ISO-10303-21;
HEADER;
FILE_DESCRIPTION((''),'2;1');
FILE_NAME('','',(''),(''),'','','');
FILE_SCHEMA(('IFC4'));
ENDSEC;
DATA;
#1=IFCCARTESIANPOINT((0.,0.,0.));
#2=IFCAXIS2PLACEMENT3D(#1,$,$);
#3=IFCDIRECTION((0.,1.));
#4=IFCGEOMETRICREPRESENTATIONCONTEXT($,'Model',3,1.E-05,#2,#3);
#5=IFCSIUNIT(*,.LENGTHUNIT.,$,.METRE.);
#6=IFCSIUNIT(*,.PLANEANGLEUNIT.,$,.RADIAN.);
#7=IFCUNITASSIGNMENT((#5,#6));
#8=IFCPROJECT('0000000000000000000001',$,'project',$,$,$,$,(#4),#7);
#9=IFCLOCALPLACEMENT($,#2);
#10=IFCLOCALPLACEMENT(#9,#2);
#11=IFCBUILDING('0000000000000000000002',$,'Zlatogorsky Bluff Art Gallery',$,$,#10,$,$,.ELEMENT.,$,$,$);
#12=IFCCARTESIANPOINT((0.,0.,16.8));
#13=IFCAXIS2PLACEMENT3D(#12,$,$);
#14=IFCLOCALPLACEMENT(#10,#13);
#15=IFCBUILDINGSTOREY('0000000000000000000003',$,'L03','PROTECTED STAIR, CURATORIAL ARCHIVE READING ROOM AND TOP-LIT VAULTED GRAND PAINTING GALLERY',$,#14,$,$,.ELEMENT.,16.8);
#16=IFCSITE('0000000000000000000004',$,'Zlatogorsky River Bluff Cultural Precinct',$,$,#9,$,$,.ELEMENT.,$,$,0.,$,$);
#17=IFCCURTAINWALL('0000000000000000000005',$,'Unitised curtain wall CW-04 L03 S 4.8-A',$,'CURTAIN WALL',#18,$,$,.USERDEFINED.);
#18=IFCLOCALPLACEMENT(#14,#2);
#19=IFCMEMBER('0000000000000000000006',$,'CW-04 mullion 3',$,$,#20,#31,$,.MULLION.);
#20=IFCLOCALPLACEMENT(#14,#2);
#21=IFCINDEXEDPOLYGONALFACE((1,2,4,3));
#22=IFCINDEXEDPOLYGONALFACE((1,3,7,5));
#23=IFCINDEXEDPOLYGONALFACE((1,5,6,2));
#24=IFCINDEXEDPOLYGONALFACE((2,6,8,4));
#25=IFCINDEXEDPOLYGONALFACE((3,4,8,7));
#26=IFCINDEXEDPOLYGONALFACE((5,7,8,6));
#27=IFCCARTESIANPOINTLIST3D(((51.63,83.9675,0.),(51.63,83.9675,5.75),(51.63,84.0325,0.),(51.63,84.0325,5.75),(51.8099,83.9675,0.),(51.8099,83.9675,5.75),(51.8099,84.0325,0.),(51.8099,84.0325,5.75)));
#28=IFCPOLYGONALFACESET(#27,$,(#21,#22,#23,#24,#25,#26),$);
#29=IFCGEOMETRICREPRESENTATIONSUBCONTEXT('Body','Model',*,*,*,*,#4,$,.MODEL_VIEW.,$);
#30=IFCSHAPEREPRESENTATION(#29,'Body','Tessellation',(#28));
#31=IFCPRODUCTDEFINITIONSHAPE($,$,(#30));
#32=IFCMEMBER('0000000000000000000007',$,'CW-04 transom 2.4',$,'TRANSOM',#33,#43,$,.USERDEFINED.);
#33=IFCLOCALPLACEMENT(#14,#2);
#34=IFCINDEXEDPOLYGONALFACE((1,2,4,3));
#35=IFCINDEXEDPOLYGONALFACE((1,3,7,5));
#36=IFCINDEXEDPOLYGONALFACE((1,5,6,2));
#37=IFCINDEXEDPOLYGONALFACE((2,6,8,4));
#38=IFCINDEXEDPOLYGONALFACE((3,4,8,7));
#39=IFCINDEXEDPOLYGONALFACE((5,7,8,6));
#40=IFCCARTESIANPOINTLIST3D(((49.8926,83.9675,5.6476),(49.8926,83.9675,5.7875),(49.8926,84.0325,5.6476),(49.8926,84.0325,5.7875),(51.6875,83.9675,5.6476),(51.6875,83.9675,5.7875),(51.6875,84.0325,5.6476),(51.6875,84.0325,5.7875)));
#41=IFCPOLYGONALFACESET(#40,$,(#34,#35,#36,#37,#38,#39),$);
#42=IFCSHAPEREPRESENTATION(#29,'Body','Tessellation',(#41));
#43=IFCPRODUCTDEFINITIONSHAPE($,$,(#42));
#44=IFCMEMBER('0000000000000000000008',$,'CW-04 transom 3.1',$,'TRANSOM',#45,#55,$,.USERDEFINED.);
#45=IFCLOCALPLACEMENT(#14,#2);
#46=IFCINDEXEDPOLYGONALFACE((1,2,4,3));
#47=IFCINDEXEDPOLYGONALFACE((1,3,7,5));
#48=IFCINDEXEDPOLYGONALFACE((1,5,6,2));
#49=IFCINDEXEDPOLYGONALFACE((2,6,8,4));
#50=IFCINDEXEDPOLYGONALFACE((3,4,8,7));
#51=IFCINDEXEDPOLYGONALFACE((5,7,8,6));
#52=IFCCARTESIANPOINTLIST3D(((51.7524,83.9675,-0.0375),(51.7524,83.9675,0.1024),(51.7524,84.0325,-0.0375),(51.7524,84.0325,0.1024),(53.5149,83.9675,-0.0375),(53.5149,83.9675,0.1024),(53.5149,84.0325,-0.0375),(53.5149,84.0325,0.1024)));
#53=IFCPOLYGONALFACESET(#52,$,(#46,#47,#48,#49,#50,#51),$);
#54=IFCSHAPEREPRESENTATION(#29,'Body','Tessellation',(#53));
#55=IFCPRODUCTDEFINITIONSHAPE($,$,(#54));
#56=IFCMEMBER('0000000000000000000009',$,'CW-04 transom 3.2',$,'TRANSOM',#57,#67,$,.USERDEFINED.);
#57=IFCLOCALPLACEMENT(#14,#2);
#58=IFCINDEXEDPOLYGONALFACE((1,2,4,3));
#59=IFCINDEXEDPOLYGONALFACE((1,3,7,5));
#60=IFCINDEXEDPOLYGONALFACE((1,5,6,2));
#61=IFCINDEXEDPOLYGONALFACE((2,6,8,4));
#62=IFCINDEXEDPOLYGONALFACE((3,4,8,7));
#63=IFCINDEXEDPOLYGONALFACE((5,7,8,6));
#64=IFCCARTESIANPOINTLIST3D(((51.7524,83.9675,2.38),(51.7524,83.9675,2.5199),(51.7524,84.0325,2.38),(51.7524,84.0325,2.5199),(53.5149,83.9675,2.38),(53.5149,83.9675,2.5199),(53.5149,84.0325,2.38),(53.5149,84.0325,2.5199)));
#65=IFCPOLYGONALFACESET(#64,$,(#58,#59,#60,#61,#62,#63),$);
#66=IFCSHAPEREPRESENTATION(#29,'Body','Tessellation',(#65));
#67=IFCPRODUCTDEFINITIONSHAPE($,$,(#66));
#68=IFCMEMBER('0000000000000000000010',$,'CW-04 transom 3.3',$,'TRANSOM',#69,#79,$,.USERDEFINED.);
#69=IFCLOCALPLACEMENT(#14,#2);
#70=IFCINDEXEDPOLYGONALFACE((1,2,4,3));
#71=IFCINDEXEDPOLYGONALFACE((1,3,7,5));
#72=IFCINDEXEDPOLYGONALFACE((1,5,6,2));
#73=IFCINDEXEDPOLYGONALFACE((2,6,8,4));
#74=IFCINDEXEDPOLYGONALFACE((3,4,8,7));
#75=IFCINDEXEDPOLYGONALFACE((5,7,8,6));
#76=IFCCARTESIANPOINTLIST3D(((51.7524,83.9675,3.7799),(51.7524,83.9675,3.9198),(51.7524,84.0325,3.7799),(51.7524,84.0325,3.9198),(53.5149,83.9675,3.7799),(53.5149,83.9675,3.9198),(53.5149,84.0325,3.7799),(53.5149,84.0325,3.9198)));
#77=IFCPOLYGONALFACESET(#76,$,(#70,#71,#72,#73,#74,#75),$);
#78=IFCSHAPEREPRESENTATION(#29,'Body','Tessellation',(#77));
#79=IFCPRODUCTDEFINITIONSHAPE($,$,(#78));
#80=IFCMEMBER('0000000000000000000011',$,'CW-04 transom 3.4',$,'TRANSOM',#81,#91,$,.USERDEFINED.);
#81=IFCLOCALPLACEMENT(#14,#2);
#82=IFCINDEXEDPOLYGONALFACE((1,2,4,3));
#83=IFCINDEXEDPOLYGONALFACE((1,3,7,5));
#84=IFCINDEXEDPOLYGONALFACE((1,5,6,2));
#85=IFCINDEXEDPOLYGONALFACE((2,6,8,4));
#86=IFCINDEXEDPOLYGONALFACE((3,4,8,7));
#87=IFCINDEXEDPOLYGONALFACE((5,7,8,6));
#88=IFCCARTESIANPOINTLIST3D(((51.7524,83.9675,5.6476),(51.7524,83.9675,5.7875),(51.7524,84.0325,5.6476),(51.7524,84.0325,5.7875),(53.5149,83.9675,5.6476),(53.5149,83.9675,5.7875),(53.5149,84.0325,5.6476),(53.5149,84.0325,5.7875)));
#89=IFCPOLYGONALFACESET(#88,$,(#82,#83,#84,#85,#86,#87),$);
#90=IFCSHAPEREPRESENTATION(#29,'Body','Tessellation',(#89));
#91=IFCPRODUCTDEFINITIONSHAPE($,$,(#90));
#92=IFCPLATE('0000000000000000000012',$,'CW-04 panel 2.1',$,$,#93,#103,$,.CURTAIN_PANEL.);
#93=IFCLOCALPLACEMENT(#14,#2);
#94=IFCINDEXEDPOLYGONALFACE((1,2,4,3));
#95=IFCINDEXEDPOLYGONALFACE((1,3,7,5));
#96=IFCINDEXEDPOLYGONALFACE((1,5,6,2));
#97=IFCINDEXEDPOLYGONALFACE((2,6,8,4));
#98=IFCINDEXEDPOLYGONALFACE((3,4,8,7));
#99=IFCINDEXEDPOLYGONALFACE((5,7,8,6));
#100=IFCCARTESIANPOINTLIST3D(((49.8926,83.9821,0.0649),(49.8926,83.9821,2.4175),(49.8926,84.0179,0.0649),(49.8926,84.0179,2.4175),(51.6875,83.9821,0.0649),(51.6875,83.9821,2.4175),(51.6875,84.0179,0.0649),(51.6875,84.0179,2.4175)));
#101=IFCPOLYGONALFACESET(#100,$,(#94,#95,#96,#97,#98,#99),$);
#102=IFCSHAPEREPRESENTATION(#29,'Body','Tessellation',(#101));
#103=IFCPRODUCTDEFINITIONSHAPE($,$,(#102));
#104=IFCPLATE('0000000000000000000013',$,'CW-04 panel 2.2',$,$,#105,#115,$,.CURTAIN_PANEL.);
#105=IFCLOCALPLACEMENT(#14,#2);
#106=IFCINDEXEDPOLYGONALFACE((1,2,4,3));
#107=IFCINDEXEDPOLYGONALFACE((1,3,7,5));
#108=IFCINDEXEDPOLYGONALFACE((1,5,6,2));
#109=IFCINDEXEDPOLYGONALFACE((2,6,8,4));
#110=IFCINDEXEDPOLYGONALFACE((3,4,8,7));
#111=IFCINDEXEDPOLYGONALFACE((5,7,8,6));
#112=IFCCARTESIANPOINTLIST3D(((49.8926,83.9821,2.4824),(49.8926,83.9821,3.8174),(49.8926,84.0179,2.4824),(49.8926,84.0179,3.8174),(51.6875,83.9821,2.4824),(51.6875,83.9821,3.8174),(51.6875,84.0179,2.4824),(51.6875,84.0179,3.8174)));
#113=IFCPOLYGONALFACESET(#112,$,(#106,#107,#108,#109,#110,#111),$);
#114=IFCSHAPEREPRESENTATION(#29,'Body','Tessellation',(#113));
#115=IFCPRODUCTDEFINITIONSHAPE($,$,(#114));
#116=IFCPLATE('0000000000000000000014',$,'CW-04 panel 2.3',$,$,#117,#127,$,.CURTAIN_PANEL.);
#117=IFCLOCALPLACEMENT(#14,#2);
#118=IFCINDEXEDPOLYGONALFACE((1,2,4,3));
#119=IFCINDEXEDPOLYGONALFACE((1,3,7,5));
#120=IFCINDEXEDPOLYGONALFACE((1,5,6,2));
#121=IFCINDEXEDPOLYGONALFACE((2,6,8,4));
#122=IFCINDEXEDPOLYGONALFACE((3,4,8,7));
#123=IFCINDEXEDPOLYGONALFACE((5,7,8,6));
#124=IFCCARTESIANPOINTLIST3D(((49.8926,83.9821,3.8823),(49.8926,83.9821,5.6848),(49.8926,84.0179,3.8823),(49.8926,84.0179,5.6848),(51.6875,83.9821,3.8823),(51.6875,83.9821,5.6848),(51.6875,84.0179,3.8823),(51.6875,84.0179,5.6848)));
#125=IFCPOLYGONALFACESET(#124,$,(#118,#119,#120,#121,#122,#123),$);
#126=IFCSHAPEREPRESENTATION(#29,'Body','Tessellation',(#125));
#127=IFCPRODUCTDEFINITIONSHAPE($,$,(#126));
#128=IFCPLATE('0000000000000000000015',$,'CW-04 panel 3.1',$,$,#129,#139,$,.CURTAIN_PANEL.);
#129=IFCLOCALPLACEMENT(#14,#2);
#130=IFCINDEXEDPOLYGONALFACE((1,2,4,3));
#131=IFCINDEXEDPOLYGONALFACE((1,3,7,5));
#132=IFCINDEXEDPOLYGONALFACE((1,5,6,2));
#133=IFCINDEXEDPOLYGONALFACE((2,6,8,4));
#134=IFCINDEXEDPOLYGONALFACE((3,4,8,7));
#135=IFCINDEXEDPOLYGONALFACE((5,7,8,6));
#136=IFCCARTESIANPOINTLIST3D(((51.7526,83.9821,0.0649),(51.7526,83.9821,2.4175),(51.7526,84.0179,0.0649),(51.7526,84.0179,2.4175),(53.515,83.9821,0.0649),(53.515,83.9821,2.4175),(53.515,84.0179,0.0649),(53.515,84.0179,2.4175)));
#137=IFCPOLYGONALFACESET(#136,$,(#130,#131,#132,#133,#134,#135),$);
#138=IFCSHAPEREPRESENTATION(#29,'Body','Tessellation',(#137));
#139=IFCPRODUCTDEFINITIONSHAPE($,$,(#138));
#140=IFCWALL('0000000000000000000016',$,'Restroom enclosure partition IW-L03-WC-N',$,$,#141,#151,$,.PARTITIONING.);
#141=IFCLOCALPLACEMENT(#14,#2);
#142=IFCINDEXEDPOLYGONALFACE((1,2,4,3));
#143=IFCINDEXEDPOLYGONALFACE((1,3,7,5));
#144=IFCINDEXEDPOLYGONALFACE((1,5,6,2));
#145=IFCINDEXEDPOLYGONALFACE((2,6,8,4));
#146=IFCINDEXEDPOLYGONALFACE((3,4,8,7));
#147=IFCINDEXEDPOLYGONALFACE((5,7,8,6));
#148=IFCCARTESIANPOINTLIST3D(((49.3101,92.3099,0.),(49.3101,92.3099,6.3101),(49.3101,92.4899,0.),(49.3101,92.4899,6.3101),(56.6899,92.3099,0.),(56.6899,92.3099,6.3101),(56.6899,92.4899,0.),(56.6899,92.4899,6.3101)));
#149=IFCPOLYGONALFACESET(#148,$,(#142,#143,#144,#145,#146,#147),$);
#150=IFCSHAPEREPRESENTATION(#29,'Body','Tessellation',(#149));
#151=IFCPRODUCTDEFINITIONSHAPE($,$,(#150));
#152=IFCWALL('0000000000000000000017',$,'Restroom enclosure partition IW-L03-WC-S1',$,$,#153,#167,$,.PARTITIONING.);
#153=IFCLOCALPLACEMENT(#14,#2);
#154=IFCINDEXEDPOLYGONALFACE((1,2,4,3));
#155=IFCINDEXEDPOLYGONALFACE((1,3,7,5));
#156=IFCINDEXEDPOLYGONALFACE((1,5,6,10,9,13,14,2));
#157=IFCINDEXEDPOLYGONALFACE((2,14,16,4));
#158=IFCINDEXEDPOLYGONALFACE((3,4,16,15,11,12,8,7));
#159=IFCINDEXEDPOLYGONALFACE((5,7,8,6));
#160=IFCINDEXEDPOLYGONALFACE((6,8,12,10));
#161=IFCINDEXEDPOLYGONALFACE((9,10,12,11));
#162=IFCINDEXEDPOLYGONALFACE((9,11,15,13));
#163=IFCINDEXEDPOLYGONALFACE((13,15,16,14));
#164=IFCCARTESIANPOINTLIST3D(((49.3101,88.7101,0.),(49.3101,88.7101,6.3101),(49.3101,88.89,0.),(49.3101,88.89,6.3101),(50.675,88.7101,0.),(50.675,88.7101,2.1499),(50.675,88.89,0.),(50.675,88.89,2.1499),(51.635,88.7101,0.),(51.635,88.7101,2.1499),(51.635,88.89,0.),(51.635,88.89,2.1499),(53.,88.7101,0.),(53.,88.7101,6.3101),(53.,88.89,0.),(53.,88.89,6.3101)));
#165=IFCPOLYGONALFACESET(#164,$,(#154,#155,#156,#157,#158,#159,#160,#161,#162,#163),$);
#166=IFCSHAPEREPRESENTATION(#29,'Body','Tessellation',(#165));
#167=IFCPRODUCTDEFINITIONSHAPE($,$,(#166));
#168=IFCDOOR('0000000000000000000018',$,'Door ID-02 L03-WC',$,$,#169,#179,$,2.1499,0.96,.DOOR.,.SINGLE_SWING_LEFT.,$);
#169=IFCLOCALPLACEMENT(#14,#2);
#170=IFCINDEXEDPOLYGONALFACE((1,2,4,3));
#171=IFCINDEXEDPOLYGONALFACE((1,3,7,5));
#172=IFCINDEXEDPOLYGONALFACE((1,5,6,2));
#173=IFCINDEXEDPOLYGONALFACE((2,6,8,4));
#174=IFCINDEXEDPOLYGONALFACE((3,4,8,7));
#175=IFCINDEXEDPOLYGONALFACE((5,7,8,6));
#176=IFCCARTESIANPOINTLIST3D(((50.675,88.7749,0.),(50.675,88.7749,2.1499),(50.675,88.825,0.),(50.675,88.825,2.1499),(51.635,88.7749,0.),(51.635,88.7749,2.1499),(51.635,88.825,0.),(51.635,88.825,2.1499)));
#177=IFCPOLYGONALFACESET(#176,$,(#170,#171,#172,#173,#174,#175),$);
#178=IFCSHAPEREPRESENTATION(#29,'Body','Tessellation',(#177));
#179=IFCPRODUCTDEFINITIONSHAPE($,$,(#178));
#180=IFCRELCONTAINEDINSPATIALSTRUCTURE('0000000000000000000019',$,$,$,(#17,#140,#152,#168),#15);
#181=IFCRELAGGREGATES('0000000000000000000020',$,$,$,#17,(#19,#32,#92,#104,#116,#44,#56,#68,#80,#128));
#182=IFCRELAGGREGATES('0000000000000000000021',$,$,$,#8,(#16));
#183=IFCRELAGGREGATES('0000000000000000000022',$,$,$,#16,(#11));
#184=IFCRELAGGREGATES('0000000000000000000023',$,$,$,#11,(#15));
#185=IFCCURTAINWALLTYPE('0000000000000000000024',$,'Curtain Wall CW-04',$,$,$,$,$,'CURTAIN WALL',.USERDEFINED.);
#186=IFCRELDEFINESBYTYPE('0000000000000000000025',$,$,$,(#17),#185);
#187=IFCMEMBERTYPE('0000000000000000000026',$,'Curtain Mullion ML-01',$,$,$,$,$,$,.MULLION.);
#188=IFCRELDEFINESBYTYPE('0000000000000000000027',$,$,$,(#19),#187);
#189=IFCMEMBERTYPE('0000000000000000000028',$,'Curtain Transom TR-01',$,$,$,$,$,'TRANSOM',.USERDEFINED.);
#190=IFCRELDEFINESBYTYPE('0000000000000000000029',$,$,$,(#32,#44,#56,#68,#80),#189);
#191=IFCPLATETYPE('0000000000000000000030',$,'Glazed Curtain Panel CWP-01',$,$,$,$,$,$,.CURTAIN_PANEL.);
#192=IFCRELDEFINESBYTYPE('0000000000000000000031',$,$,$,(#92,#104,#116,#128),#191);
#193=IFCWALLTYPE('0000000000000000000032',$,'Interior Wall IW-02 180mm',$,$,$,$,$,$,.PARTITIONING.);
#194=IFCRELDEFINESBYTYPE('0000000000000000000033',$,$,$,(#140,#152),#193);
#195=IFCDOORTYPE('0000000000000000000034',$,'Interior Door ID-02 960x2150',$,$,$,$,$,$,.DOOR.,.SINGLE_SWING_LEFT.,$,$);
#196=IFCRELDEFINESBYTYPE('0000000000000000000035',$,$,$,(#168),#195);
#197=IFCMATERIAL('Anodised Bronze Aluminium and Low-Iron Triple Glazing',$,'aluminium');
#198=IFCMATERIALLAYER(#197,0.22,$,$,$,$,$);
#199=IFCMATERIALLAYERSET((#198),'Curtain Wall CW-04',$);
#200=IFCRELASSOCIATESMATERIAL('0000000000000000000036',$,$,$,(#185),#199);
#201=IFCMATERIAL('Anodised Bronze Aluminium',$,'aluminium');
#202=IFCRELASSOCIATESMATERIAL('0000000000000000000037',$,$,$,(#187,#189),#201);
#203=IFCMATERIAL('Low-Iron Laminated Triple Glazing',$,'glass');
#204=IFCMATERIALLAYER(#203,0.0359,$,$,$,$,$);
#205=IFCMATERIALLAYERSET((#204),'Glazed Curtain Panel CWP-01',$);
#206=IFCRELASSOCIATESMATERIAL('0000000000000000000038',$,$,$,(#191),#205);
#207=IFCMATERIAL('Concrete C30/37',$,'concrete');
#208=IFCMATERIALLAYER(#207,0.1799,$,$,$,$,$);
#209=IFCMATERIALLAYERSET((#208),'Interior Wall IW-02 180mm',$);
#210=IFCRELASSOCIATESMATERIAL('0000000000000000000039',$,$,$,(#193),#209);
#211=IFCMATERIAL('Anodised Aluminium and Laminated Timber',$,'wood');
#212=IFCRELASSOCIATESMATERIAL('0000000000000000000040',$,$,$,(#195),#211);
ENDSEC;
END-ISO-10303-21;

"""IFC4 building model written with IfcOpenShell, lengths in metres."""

from ifc_helpers import new_model, si_unit, direction, frame, frame_2d, origin, origin_2d, place, context, subcontext, project, spatial, rectangle, extrude, material, layer, layer_set, material_profile, profile_set, type_object, element, fill, aggregate, save


model = new_model("IFC4")

# Units and contexts
model_context = context("Model", 3, precision=1e-05, world=origin(), true_north=direction((0.0, 1.0)))
body_context = subcontext(model_context, "Body", "Model", "MODEL_VIEW")
ifc_project = project(units=[si_unit("LENGTHUNIT", "METRE"), si_unit("PLANEANGLEUNIT", "RADIAN")], contexts=[model_context])

# Site, building, storey
site_placement = place(None, origin())
site = spatial("IfcSite", under=ifc_project, at=site_placement, Name="Zlatogorsky River Bluff Cultural Precinct", CompositionType="ELEMENT", RefElevation=0.0)
building_placement = place(site_placement, origin())
building = spatial("IfcBuilding", under=site, at=building_placement, Name="Zlatogorsky Bluff Art Gallery", CompositionType="ELEMENT")
storey_placement = place(building_placement, frame((0.0, 0.0, 16.8)))
storey = spatial("IfcBuildingStorey", under=building, at=storey_placement, Name="L03", Description="PROTECTED STAIR, CURATORIAL ARCHIVE READING ROOM AND TOP-LIT VAULTED GRAND PAINTING GALLERY", CompositionType="ELEMENT", Elevation=16.8)

# Curtain wall, members, plates
ifc_material_1 = material(Name="Anodised Bronze Aluminium and Low-Iron Triple Glazing", Category="aluminium")
ifc_layer_1 = layer(ifc_material_1, 0.22)
ifc_layer_set_1 = layer_set([ifc_layer_1], Name="Curtain Wall CW-04")
curtain_wall_type = type_object("IfcCurtainWallType", Name="Curtain Wall CW-04", ElementType="CURTAIN WALL", PredefinedType="USERDEFINED", material=ifc_layer_set_1)
curtain_wall_placement = place(storey_placement, origin())
curtain_wall = element("IfcCurtainWall", 1, at=curtain_wall_placement, inside=storey, type_object=curtain_wall_type, Name="Unitised curtain wall CW-04 L03 S 4.8-A", ObjectType="CURTAIN WALL", PredefinedType="USERDEFINED")
ifc_material_2 = material(Name="Anodised Bronze Aluminium", Category="aluminium")
ifc_material_profile_1 = material_profile(ifc_material_2, rectangle(XDim=0.0649, YDim=0.1799, at=origin_2d()), Name="ALU MULLION 65x180")
ifc_profile_set_1 = profile_set([ifc_material_profile_1], Name="Anodised Bronze Aluminium")
member_type_1 = type_object("IfcMemberType", Name="Curtain Mullion ML-01", PredefinedType="MULLION", material=ifc_profile_set_1)
member_1_placement = place(storey_placement, frame((51.72, 84.0, 0.0), z_axis=(0.0, 0.0, 1.0), x_axis=(0.0, 1.0, 0.0)))
member_1 = element("IfcMember", 2, at=member_1_placement, type_object=member_type_1, Name="CW-04 mullion 3", PredefinedType="MULLION", context=body_context, shape_type="SweptSolid", body=[
    extrude(rectangle(XDim=0.0649, YDim=0.1799, at=origin_2d()), origin(), (0.0, 0.0, 1.0), 5.75),
])
ifc_material_profile_2 = material_profile(ifc_material_2, rectangle(XDim=0.0649, YDim=0.1399, at=origin_2d()), Name="ALU TRANSOM 65x140")
ifc_profile_set_2 = profile_set([ifc_material_profile_2], Name="Anodised Bronze Aluminium")
member_type_2 = type_object("IfcMemberType", Name="Curtain Transom TR-01", ElementType="TRANSOM", PredefinedType="USERDEFINED", material=ifc_profile_set_2)
member_2_placement = place(storey_placement, frame((49.8926, 84.0, 5.7175), z_axis=(1.0, 0.0, 0.0), x_axis=(0.0, 1.0, 0.0)))
member_2 = element("IfcMember", 3, at=member_2_placement, type_object=member_type_2, Name="CW-04 transom 2.4", ObjectType="TRANSOM", PredefinedType="USERDEFINED", context=body_context, shape_type="SweptSolid", body=[
    extrude(rectangle(XDim=0.0649, YDim=0.1399, at=origin_2d()), origin(), (0.0, 0.0, 1.0), 1.7949),
])
member_3_placement = place(storey_placement, frame((51.7524, 84.0, 0.0325), z_axis=(1.0, 0.0, 0.0), x_axis=(0.0, 1.0, 0.0)))
member_3 = element("IfcMember", 4, at=member_3_placement, type_object=member_type_2, Name="CW-04 transom 3.1", ObjectType="TRANSOM", PredefinedType="USERDEFINED", context=body_context, shape_type="SweptSolid", body=[
    extrude(rectangle(XDim=0.0649, YDim=0.1399, at=origin_2d()), origin(), (0.0, 0.0, 1.0), 1.7625),
])
member_4_placement = place(storey_placement, frame((51.7524, 84.0, 2.45), z_axis=(1.0, 0.0, 0.0), x_axis=(0.0, 1.0, 0.0)))
member_4 = element("IfcMember", 5, at=member_4_placement, type_object=member_type_2, Name="CW-04 transom 3.2", ObjectType="TRANSOM", PredefinedType="USERDEFINED", context=body_context, shape_type="SweptSolid", body=[
    extrude(rectangle(XDim=0.0649, YDim=0.1399, at=origin_2d()), origin(), (0.0, 0.0, 1.0), 1.7625),
])
member_5_placement = place(storey_placement, frame((51.7524, 84.0, 3.8499), z_axis=(1.0, 0.0, 0.0), x_axis=(0.0, 1.0, 0.0)))
member_5 = element("IfcMember", 6, at=member_5_placement, type_object=member_type_2, Name="CW-04 transom 3.3", ObjectType="TRANSOM", PredefinedType="USERDEFINED", context=body_context, shape_type="SweptSolid", body=[
    extrude(rectangle(XDim=0.0649, YDim=0.1399, at=origin_2d()), origin(), (0.0, 0.0, 1.0), 1.7625),
])
member_6_placement = place(storey_placement, frame((51.7524, 84.0, 5.7175), z_axis=(1.0, 0.0, 0.0), x_axis=(0.0, 1.0, 0.0)))
member_6 = element("IfcMember", 7, at=member_6_placement, type_object=member_type_2, Name="CW-04 transom 3.4", ObjectType="TRANSOM", PredefinedType="USERDEFINED", context=body_context, shape_type="SweptSolid", body=[
    extrude(rectangle(XDim=0.0649, YDim=0.1399, at=origin_2d()), origin(), (0.0, 0.0, 1.0), 1.7625),
])
ifc_material_3 = material(Name="Low-Iron Laminated Triple Glazing", Category="glass")
ifc_layer_2 = layer(ifc_material_3, 0.0359)
ifc_layer_set_2 = layer_set([ifc_layer_2], Name="Glazed Curtain Panel CWP-01")
plate_type = type_object("IfcPlateType", Name="Glazed Curtain Panel CWP-01", PredefinedType="CURTAIN_PANEL", material=ifc_layer_set_2)
plate_1_placement = place(storey_placement, frame((50.79, 84.0, 0.0649), z_axis=(0.0, 0.0, 1.0), x_axis=(1.0, 0.0, 0.0)))
plate_1 = element("IfcPlate", 8, at=plate_1_placement, type_object=plate_type, Name="CW-04 panel 2.1", PredefinedType="CURTAIN_PANEL", context=body_context, shape_type="SweptSolid", body=[
    extrude(rectangle(XDim=1.7949, YDim=0.0359, at=origin_2d()), origin(), (0.0, 0.0, 1.0), 2.3525),
])
plate_2_placement = place(storey_placement, frame((50.79, 84.0, 2.4824), z_axis=(0.0, 0.0, 1.0), x_axis=(1.0, 0.0, 0.0)))
plate_2 = element("IfcPlate", 9, at=plate_2_placement, type_object=plate_type, Name="CW-04 panel 2.2", PredefinedType="CURTAIN_PANEL", context=body_context, shape_type="SweptSolid", body=[
    extrude(rectangle(XDim=1.7949, YDim=0.0359, at=origin_2d()), origin(), (0.0, 0.0, 1.0), 1.335),
])
plate_3_placement = place(storey_placement, frame((50.79, 84.0, 3.8823), z_axis=(0.0, 0.0, 1.0), x_axis=(1.0, 0.0, 0.0)))
plate_3 = element("IfcPlate", 10, at=plate_3_placement, type_object=plate_type, Name="CW-04 panel 2.3", PredefinedType="CURTAIN_PANEL", context=body_context, shape_type="SweptSolid", body=[
    extrude(rectangle(XDim=1.7949, YDim=0.0359, at=origin_2d()), origin(), (0.0, 0.0, 1.0), 1.8025),
])
plate_4_placement = place(storey_placement, frame((52.6338, 84.0, 0.0649), z_axis=(0.0, 0.0, 1.0), x_axis=(1.0, 0.0, 0.0)))
plate_4 = element("IfcPlate", 11, at=plate_4_placement, type_object=plate_type, Name="CW-04 panel 3.1", PredefinedType="CURTAIN_PANEL", context=body_context, shape_type="SweptSolid", body=[
    extrude(rectangle(XDim=1.7625, YDim=0.0359, at=origin_2d()), origin(), (0.0, 0.0, 1.0), 2.3525),
])
aggregate(curtain_wall, [member_1, member_2, plate_1, plate_2, plate_3, member_3, member_4, member_5, member_6, plate_4])

# Wall
ifc_material_4 = material(Name="Concrete C30/37", Category="concrete")
ifc_layer_3 = layer(ifc_material_4, 0.1799)
ifc_layer_set_3 = layer_set([ifc_layer_3], Name="Interior Wall IW-02 180mm")
wall_type_1 = type_object("IfcWallType", Name="Interior Wall IW-02 180mm", PredefinedType="PARTITIONING", material=ifc_layer_set_3)
wall_1_placement = place(storey_placement, frame((49.3101, 92.3999, 0.0), z_axis=(0.0, 0.0, 1.0), x_axis=(1.0, 0.0, 0.0)))
element("IfcWall", 12, at=wall_1_placement, inside=storey, type_object=wall_type_1, Name="Restroom enclosure partition IW-L03-WC-N", PredefinedType="PARTITIONING", context=body_context, shape_type="SweptSolid", body=[
    extrude(rectangle(XDim=7.3799, YDim=0.1799, at=frame_2d((3.6899, 0.0))), origin(), (0.0, 0.0, 1.0), 6.3101),
])

# Wall, opening, door
wall_2_placement = place(storey_placement, frame((49.3101, 88.8, 0.0), z_axis=(0.0, 0.0, 1.0), x_axis=(1.0, 0.0, 0.0)))
wall_2 = element("IfcWall", 13, at=wall_2_placement, inside=storey, type_object=wall_type_1, Name="Restroom enclosure partition IW-L03-WC-S1", PredefinedType="PARTITIONING", context=body_context, shape_type="SweptSolid", body=[
    extrude(rectangle(XDim=3.6899, YDim=0.1799, at=frame_2d((1.845, 0.0))), origin(), (0.0, 0.0, 1.0), 6.3101),
])
opening_1_placement = place(wall_2_placement, frame((1.365, 0.0, 0.0)))
opening_1 = element("IfcOpeningElement", 14, at=opening_1_placement, cuts=wall_2, PredefinedType="OPENING", context=body_context, shape_type="SweptSolid", body=[
    extrude(rectangle(XDim=0.96, YDim=2.1499, at=frame_2d((0.48, 1.075))), frame((0.0, 0.0999, 0.0), z_axis=(0.0, -1.0, 0.0), x_axis=(1.0, 0.0, 0.0)), (0.0, 0.0, 1.0), 0.2),
])
ifc_material_5 = material(Name="Anodised Aluminium and Laminated Timber", Category="wood")
door_type_1 = type_object("IfcDoorType", Name="Interior Door ID-02 960x2150", OperationType="SINGLE_SWING_LEFT", PredefinedType="DOOR", material=ifc_material_5)
door_1_placement = place(opening_1_placement, origin())
door_1 = element("IfcDoor", 15, at=door_1_placement, inside=storey, type_object=door_type_1, Name="Door ID-02 L03-WC", OperationType="SINGLE_SWING_LEFT", OverallHeight=2.1499, OverallWidth=0.96, PredefinedType="DOOR", context=body_context, shape_type="SweptSolid", body=[
    extrude(rectangle(XDim=0.96, YDim=2.1499, at=frame_2d((0.48, 1.075))), frame((0.0, 0.0249, 0.0), z_axis=(0.0, -1.0, 0.0), x_axis=(1.0, 0.0, 0.0)), (0.0, 0.0, 1.0), 0.05),
])
fill(opening_1, door_1)

save(model, "model.ifc")
